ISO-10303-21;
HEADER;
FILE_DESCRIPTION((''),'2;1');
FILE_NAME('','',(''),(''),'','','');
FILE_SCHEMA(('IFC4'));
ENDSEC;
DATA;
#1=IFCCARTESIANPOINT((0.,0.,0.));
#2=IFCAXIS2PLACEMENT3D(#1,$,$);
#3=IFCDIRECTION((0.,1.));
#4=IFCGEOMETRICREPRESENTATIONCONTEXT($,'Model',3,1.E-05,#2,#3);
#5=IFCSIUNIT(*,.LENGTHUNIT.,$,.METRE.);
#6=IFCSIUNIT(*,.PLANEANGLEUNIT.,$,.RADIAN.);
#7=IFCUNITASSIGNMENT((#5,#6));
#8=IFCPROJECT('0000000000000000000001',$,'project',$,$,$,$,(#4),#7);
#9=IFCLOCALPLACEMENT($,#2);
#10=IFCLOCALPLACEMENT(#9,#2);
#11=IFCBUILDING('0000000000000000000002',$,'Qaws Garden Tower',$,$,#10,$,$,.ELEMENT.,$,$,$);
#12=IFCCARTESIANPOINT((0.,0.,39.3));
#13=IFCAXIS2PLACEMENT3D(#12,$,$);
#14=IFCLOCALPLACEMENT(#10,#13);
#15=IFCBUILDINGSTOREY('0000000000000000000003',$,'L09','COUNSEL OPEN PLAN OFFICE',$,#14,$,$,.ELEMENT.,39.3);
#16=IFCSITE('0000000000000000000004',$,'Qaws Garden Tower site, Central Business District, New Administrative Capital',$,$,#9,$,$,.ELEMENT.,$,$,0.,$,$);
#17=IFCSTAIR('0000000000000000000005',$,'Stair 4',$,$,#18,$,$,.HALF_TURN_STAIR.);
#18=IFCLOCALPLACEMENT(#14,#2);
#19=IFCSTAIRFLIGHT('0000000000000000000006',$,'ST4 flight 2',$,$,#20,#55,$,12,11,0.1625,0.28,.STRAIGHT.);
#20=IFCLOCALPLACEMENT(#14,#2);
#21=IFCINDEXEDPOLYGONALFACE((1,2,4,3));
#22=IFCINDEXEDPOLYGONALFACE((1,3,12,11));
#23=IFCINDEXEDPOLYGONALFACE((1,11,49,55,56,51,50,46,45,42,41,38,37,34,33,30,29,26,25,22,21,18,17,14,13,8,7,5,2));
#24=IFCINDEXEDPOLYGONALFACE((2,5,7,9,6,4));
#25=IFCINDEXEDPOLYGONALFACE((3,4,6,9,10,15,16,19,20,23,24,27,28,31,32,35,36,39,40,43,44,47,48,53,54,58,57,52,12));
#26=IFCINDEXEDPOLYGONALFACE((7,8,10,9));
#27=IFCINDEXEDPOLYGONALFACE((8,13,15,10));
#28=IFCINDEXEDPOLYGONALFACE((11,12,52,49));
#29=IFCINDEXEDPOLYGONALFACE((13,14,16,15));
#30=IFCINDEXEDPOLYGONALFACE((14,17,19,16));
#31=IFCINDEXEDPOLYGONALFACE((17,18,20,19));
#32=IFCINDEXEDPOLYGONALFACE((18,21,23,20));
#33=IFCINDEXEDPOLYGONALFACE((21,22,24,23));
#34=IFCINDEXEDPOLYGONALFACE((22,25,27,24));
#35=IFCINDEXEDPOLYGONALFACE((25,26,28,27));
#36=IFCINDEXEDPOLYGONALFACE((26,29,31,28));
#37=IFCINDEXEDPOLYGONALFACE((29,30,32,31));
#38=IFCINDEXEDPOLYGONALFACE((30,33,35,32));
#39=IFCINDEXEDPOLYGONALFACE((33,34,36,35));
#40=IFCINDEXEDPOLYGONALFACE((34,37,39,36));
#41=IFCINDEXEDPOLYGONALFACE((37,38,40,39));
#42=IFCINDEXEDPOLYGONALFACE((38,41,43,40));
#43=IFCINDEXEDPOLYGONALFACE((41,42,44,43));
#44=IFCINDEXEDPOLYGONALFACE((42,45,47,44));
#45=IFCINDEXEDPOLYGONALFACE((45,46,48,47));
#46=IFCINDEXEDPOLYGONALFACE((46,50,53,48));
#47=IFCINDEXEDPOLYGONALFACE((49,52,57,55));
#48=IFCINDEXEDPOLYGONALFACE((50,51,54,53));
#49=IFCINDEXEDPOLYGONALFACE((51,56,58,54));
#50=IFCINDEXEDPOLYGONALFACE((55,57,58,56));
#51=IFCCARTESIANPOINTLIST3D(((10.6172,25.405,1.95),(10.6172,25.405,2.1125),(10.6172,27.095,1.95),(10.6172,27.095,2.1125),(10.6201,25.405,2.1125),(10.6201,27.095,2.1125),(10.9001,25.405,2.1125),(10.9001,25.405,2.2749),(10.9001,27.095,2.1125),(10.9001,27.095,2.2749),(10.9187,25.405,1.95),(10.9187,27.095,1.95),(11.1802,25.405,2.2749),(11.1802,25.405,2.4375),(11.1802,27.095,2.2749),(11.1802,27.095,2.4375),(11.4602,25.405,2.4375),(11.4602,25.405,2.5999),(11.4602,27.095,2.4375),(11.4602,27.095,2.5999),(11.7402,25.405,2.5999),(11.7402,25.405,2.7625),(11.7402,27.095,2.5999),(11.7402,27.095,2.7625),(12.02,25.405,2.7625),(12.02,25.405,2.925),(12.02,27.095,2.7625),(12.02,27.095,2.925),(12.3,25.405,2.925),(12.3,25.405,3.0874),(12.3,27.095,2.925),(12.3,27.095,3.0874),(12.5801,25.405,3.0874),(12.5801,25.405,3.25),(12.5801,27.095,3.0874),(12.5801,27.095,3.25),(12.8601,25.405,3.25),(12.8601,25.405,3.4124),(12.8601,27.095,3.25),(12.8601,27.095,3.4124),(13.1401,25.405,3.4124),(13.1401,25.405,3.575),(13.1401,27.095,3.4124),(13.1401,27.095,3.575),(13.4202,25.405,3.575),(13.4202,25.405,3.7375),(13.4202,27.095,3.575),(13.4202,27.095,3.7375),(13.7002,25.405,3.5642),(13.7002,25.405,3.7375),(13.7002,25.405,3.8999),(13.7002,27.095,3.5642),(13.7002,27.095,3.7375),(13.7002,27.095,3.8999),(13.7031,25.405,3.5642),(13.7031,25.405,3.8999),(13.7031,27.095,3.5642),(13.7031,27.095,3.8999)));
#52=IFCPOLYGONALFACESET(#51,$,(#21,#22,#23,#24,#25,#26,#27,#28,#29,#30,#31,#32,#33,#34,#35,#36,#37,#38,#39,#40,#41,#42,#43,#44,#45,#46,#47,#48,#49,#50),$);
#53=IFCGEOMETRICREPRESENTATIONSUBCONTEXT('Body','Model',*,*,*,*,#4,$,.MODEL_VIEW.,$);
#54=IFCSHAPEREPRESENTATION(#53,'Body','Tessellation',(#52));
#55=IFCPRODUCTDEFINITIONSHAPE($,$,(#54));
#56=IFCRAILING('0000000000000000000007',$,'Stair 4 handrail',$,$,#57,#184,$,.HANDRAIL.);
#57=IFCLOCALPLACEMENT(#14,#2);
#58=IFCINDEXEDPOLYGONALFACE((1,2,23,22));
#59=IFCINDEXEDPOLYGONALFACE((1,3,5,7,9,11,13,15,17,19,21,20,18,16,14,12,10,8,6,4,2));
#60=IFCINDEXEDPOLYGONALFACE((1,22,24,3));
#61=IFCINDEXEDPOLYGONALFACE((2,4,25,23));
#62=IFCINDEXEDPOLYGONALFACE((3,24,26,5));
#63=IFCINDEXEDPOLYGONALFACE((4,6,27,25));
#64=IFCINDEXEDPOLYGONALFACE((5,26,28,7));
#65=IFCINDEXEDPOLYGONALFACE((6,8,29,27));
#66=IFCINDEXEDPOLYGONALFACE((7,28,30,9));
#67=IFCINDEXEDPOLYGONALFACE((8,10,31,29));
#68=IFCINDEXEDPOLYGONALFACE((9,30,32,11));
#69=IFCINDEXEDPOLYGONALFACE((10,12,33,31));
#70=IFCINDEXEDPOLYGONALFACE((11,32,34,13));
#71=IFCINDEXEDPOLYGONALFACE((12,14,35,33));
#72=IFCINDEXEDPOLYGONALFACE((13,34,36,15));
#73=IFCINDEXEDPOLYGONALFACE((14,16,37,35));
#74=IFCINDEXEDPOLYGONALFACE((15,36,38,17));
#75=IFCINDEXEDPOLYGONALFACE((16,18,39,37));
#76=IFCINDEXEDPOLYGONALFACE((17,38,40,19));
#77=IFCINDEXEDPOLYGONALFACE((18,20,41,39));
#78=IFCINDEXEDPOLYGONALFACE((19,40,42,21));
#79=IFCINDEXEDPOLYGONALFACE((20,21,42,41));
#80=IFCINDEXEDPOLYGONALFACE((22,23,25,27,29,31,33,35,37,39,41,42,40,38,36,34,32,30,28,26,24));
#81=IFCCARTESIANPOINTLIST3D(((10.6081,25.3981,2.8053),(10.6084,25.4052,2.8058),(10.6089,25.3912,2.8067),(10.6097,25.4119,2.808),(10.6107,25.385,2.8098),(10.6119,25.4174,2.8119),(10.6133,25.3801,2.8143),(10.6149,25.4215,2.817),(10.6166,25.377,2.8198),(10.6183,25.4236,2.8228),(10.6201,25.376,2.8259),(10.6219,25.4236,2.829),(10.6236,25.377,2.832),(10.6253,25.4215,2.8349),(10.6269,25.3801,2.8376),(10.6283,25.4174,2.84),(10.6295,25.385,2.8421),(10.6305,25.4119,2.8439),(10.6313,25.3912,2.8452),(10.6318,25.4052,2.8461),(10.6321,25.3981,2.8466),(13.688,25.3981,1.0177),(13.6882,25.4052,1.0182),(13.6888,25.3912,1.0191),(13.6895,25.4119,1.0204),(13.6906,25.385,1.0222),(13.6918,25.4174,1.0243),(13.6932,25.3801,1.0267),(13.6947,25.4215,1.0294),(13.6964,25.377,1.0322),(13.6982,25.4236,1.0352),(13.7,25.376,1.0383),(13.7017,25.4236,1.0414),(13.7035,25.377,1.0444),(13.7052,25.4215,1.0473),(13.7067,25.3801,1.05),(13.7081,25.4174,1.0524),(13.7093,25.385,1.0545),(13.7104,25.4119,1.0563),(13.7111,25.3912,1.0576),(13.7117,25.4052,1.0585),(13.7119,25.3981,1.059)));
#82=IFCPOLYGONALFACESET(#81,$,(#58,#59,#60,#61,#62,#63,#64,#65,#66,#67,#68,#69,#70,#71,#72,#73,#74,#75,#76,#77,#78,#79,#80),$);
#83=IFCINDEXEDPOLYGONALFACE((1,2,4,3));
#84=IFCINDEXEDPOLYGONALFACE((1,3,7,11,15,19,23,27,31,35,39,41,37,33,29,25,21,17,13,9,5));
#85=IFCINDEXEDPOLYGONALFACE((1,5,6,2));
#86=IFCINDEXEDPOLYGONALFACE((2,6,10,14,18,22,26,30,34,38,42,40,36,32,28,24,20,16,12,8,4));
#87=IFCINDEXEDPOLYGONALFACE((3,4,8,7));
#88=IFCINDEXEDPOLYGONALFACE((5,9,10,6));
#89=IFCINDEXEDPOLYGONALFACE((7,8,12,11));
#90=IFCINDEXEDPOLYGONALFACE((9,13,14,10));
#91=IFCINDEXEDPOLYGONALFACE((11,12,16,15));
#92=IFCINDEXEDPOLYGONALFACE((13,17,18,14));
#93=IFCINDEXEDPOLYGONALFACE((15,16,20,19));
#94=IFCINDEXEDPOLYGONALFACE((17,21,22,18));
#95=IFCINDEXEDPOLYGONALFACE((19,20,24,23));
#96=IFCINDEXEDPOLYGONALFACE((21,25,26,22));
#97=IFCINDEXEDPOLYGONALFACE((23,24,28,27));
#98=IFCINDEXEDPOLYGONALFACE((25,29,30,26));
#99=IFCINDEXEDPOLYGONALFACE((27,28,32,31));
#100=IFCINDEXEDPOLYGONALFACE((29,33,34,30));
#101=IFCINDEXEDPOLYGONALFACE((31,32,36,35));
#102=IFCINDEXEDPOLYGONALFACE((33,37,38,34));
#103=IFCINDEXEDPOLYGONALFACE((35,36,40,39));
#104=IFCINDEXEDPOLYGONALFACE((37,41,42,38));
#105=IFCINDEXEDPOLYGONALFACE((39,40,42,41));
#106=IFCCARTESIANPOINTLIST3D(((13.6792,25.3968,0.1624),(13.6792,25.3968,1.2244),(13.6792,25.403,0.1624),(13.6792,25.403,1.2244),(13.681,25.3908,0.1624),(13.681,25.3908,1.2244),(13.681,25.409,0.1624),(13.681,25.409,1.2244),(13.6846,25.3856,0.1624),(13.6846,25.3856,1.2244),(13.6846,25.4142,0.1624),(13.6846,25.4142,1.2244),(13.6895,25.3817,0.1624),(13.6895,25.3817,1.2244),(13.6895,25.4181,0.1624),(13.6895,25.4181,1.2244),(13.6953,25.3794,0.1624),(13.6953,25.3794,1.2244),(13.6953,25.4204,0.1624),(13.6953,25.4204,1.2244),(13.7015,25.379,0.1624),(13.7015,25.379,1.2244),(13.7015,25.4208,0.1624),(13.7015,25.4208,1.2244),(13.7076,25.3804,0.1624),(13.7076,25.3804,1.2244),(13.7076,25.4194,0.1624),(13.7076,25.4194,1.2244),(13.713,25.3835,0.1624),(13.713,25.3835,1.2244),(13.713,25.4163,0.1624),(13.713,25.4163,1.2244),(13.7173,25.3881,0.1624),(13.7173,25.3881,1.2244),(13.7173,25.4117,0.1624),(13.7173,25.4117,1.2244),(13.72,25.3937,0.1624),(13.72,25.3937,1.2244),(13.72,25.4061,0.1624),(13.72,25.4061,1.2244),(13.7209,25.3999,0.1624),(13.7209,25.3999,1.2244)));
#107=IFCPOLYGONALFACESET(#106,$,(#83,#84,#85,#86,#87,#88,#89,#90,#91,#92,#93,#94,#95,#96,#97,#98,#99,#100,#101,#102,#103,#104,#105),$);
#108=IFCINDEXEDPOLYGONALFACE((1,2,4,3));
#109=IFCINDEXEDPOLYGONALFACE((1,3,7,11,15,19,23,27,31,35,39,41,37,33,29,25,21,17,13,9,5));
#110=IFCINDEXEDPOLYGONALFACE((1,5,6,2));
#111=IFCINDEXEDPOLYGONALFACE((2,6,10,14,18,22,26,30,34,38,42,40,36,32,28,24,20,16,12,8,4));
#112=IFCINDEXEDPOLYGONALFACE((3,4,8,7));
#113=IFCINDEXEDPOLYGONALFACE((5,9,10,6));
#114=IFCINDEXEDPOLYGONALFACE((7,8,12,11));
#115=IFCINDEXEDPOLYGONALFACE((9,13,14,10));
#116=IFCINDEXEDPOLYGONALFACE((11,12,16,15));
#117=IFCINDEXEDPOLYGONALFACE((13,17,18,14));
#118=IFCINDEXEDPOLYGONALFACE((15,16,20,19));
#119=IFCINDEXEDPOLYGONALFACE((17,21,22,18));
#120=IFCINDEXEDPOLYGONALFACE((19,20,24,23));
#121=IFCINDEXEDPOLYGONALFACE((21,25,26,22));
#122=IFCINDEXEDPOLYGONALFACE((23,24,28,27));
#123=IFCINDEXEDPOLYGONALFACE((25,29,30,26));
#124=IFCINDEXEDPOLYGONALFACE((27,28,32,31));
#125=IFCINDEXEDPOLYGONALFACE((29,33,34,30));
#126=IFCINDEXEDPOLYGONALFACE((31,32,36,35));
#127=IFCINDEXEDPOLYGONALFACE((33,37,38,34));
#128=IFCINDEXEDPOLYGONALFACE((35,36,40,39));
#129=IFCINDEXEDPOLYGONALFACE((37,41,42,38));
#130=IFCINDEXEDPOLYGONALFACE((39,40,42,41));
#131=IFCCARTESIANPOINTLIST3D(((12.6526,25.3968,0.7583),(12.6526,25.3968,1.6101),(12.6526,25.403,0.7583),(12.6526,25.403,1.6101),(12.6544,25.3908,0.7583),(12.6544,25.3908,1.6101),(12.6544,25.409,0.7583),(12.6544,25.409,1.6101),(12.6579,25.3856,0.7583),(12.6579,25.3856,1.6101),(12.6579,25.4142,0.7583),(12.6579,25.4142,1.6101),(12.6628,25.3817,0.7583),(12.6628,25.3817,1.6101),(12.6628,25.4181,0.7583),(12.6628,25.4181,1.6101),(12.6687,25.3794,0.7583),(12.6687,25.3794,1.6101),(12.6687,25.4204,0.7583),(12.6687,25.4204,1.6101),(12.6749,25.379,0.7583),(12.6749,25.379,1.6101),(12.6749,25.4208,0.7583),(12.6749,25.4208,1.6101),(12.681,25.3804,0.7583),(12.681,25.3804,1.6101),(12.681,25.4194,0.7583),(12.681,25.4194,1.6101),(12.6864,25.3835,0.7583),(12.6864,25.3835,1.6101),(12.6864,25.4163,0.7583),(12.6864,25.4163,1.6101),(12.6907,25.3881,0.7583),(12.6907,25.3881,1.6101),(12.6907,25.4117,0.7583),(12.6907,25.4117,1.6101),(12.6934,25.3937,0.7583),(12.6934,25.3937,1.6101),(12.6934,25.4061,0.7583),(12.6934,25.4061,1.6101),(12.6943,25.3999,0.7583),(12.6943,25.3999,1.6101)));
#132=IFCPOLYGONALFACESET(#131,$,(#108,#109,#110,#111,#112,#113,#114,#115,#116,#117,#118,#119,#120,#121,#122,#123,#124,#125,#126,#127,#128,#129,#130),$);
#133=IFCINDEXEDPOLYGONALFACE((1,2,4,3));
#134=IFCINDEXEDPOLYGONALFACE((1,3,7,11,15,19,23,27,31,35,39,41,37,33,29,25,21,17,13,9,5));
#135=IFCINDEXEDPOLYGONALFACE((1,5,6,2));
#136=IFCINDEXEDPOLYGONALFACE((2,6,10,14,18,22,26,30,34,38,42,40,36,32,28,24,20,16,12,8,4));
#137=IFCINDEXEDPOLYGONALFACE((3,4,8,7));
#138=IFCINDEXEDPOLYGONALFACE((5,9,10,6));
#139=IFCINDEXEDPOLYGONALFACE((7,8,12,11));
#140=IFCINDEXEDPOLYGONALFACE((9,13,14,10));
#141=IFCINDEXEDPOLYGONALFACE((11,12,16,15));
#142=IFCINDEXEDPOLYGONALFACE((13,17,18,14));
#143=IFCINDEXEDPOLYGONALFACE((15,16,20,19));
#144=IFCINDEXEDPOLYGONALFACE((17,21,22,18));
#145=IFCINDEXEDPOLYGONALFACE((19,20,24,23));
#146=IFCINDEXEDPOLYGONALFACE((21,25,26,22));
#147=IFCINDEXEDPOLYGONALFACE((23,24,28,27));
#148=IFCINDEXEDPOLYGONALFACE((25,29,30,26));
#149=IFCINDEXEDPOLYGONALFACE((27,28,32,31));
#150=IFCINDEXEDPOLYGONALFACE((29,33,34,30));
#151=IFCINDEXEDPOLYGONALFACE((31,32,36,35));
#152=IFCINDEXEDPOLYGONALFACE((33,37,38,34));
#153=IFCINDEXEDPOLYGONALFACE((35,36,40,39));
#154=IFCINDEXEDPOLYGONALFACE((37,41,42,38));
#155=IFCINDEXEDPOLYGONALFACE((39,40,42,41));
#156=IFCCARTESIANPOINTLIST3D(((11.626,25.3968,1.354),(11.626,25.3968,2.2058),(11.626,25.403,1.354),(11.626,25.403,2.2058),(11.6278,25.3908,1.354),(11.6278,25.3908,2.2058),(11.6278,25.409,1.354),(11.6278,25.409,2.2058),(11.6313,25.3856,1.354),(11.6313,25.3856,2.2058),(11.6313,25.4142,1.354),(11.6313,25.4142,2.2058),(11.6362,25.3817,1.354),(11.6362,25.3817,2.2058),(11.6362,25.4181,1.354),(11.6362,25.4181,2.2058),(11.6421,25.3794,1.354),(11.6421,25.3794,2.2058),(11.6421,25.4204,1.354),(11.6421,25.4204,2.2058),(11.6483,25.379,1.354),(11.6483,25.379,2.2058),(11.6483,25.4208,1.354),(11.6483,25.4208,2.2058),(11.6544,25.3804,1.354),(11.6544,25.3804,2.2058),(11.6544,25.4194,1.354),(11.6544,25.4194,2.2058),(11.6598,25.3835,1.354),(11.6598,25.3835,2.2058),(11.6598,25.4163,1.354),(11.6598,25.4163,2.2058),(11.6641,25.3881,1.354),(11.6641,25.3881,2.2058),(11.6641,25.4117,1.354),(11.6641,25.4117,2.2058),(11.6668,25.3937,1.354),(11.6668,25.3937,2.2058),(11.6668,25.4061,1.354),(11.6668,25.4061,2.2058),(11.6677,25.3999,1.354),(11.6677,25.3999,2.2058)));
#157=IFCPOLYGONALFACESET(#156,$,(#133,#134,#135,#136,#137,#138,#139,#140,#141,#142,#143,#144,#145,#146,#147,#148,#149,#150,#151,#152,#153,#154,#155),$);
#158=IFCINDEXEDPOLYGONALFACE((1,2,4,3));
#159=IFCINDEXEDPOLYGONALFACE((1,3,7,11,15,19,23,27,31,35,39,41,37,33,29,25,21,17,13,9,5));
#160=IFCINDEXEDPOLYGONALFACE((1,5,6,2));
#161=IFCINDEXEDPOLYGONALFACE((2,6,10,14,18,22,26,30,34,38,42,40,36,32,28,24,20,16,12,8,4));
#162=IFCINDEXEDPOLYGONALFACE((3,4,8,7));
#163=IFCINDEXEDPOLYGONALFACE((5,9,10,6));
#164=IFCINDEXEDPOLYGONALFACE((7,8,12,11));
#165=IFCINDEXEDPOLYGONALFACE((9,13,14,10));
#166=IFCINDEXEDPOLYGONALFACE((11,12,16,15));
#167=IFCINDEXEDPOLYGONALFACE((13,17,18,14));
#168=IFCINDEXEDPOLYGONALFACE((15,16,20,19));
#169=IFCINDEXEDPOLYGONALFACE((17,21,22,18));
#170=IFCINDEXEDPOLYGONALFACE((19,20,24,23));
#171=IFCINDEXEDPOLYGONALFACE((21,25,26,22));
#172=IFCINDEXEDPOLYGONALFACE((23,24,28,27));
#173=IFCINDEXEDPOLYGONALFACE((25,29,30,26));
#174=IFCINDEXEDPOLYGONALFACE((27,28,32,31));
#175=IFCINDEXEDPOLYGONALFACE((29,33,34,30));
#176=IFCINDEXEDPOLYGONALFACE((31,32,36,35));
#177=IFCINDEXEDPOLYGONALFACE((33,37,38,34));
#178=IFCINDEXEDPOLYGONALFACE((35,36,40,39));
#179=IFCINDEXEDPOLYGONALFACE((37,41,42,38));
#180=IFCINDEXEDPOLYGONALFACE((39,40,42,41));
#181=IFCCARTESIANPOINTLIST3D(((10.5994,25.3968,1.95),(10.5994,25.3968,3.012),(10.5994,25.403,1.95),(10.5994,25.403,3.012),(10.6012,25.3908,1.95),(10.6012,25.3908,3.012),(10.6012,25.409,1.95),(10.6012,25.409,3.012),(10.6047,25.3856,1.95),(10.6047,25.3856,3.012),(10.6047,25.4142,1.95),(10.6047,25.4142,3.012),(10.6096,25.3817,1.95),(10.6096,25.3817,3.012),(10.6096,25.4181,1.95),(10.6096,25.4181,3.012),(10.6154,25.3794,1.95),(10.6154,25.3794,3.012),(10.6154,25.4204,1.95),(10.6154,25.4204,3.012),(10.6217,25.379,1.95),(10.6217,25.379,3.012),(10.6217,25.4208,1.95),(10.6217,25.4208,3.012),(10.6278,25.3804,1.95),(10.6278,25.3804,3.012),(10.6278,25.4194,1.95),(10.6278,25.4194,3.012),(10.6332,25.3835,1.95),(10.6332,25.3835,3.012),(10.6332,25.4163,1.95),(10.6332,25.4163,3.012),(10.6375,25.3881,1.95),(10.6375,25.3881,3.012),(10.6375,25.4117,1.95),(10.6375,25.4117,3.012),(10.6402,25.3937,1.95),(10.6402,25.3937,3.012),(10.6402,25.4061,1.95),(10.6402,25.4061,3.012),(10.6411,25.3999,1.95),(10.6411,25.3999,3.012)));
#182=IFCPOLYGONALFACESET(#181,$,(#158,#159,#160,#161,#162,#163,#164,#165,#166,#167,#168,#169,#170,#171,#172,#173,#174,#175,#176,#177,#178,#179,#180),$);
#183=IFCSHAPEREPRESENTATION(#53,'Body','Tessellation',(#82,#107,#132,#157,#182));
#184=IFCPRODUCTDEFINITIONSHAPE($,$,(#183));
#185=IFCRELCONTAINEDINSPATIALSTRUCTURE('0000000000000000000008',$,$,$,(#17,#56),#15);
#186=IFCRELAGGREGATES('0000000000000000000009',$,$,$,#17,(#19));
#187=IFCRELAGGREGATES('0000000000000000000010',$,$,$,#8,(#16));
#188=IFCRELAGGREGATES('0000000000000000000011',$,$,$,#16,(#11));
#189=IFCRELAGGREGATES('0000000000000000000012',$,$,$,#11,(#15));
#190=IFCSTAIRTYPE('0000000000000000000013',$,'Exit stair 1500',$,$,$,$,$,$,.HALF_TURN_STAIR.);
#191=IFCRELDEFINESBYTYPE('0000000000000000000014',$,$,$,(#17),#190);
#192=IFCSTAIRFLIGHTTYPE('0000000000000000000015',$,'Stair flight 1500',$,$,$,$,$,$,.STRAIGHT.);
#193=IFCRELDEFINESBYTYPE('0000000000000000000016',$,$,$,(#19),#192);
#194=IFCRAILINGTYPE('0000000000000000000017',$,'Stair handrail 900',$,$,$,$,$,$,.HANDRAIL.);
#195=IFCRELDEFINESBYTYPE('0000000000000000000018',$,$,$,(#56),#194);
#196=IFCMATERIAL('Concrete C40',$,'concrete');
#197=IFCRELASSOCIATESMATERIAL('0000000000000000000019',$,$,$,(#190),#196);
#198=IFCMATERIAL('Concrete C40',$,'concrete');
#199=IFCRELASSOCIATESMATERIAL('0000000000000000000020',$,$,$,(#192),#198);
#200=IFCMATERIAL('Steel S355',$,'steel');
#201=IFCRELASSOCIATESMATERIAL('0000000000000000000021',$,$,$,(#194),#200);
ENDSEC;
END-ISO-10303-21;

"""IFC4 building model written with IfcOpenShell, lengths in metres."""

from ifc_helpers import new_model, si_unit, direction, frame, origin, origin_2d, place, context, subcontext, project, spatial, polyline, circle, outline, extrude, material, type_object, element, aggregate, save


model = new_model("IFC4")

# Units and contexts
model_context = context("Model", 3, precision=1e-05, world=origin(), true_north=direction((0.0, 1.0)))
body_context = subcontext(model_context, "Body", "Model", "MODEL_VIEW")
ifc_project = project(units=[si_unit("LENGTHUNIT", "METRE"), si_unit("PLANEANGLEUNIT", "RADIAN")], contexts=[model_context])

# Site, building, storey
site_placement = place(None, origin())
site = spatial("IfcSite", under=ifc_project, at=site_placement, Name="Qaws Garden Tower site, Central Business District, New Administrative Capital", CompositionType="ELEMENT", RefElevation=0.0)
building_placement = place(site_placement, origin())
building = spatial("IfcBuilding", under=site, at=building_placement, Name="Qaws Garden Tower", CompositionType="ELEMENT")
storey_placement = place(building_placement, frame((0.0, 0.0, 39.3)))
storey = spatial("IfcBuildingStorey", under=building, at=storey_placement, Name="L09", Description="COUNSEL OPEN PLAN OFFICE", CompositionType="ELEMENT", Elevation=39.3)

# Stair, stair flight
ifc_material_1 = material(Name="Concrete C40", Category="concrete")
stair_type = type_object("IfcStairType", Name="Exit stair 1500", PredefinedType="HALF_TURN_STAIR", material=ifc_material_1)
stair_placement = place(storey_placement, origin())
stair = element("IfcStair", 1, at=stair_placement, inside=storey, type_object=stair_type, Name="Stair 4", PredefinedType="HALF_TURN_STAIR")
ifc_material_2 = material(Name="Concrete C40", Category="concrete")
stair_flight_type = type_object("IfcStairFlightType", Name="Stair flight 1500", PredefinedType="STRAIGHT", material=ifc_material_2)
stair_flight_1_placement = place(storey_placement, frame((10.6201, 26.25, 1.95), z_axis=(0.0, 0.0, 1.0), x_axis=(1.0, 0.0, 0.0)))
stair_flight_1 = element("IfcStairFlight", 2, at=stair_flight_1_placement, type_object=stair_flight_type, Name="ST4 flight 2", NumberOfRisers=12, NumberOfTreads=11, PredefinedType="STRAIGHT", RiserHeight=0.1625, TreadLength=0.28, context=body_context, shape_type="SweptSolid", body=[
    extrude(outline(polyline([(-0.0029, 0.0), (-0.0029, 0.1626), (0.0, 0.1626), (0.28, 0.1626), (0.28, 0.325), (0.5601, 0.325), (0.5601, 0.4875), (0.8401, 0.4875), (0.8401, 0.6499), (1.1201, 0.6499), (1.1201, 0.8125), (1.3999, 0.8125), (1.3999, 0.9751), (1.6799, 0.9751), (1.6799, 1.1375), (1.96, 1.1375), (1.96, 1.3), (2.24, 1.3), (2.24, 1.4624), (2.52, 1.4624), (2.52, 1.625), (2.8, 1.625), (2.8, 1.7876), (3.0801, 1.7876), (3.0801, 1.95), (3.083, 1.95), (3.083, 1.6143), (3.0801, 1.6143), (0.2986, 0.0), (-0.0029, 0.0)])), frame((0.0, 0.845, 0.0), z_axis=(0.0, -1.0, 0.0), x_axis=(1.0, 0.0, 0.0)), (0.0, 0.0, 1.0), 1.6899),
])
aggregate(stair, [stair_flight_1])

# Railing
ifc_material_3 = material(Name="Steel S355", Category="steel")
railing_type = type_object("IfcRailingType", Name="Stair handrail 900", PredefinedType="HANDRAIL", material=ifc_material_3)
railing_1_placement = place(storey_placement, frame((13.7, 25.3999, 0.1624)))
element("IfcRailing", 3, at=railing_1_placement, inside=storey, type_object=railing_type, Name="Stair 4 handrail", PredefinedType="HANDRAIL", context=body_context, shape_type="SweptSolid", body=[
    extrude(circle(Radius=0.0239, at=origin_2d()), frame((0.0, 0.0, 0.876), z_axis=(-0.864873, 0.0, 0.50199), x_axis=(0.0, -1.0, 0.0)), (0.0, 0.0, 1.0), 3.561),
    extrude(circle(Radius=0.021, at=origin_2d()), origin(), (0.0, 0.0, 1.0), 1.062),
    extrude(circle(Radius=0.021, at=origin_2d()), frame((-1.0266, 0.0, 0.5959)), (0.0, 0.0, 1.0), 0.8518),
    extrude(circle(Radius=0.021, at=origin_2d()), frame((-2.0532, 0.0, 1.1917)), (0.0, 0.0, 1.0), 0.8518),
    extrude(circle(Radius=0.021, at=origin_2d()), frame((-3.0798, 0.0, 1.7876)), (0.0, 0.0, 1.0), 1.062),
])

save(model, "model.ifc")
